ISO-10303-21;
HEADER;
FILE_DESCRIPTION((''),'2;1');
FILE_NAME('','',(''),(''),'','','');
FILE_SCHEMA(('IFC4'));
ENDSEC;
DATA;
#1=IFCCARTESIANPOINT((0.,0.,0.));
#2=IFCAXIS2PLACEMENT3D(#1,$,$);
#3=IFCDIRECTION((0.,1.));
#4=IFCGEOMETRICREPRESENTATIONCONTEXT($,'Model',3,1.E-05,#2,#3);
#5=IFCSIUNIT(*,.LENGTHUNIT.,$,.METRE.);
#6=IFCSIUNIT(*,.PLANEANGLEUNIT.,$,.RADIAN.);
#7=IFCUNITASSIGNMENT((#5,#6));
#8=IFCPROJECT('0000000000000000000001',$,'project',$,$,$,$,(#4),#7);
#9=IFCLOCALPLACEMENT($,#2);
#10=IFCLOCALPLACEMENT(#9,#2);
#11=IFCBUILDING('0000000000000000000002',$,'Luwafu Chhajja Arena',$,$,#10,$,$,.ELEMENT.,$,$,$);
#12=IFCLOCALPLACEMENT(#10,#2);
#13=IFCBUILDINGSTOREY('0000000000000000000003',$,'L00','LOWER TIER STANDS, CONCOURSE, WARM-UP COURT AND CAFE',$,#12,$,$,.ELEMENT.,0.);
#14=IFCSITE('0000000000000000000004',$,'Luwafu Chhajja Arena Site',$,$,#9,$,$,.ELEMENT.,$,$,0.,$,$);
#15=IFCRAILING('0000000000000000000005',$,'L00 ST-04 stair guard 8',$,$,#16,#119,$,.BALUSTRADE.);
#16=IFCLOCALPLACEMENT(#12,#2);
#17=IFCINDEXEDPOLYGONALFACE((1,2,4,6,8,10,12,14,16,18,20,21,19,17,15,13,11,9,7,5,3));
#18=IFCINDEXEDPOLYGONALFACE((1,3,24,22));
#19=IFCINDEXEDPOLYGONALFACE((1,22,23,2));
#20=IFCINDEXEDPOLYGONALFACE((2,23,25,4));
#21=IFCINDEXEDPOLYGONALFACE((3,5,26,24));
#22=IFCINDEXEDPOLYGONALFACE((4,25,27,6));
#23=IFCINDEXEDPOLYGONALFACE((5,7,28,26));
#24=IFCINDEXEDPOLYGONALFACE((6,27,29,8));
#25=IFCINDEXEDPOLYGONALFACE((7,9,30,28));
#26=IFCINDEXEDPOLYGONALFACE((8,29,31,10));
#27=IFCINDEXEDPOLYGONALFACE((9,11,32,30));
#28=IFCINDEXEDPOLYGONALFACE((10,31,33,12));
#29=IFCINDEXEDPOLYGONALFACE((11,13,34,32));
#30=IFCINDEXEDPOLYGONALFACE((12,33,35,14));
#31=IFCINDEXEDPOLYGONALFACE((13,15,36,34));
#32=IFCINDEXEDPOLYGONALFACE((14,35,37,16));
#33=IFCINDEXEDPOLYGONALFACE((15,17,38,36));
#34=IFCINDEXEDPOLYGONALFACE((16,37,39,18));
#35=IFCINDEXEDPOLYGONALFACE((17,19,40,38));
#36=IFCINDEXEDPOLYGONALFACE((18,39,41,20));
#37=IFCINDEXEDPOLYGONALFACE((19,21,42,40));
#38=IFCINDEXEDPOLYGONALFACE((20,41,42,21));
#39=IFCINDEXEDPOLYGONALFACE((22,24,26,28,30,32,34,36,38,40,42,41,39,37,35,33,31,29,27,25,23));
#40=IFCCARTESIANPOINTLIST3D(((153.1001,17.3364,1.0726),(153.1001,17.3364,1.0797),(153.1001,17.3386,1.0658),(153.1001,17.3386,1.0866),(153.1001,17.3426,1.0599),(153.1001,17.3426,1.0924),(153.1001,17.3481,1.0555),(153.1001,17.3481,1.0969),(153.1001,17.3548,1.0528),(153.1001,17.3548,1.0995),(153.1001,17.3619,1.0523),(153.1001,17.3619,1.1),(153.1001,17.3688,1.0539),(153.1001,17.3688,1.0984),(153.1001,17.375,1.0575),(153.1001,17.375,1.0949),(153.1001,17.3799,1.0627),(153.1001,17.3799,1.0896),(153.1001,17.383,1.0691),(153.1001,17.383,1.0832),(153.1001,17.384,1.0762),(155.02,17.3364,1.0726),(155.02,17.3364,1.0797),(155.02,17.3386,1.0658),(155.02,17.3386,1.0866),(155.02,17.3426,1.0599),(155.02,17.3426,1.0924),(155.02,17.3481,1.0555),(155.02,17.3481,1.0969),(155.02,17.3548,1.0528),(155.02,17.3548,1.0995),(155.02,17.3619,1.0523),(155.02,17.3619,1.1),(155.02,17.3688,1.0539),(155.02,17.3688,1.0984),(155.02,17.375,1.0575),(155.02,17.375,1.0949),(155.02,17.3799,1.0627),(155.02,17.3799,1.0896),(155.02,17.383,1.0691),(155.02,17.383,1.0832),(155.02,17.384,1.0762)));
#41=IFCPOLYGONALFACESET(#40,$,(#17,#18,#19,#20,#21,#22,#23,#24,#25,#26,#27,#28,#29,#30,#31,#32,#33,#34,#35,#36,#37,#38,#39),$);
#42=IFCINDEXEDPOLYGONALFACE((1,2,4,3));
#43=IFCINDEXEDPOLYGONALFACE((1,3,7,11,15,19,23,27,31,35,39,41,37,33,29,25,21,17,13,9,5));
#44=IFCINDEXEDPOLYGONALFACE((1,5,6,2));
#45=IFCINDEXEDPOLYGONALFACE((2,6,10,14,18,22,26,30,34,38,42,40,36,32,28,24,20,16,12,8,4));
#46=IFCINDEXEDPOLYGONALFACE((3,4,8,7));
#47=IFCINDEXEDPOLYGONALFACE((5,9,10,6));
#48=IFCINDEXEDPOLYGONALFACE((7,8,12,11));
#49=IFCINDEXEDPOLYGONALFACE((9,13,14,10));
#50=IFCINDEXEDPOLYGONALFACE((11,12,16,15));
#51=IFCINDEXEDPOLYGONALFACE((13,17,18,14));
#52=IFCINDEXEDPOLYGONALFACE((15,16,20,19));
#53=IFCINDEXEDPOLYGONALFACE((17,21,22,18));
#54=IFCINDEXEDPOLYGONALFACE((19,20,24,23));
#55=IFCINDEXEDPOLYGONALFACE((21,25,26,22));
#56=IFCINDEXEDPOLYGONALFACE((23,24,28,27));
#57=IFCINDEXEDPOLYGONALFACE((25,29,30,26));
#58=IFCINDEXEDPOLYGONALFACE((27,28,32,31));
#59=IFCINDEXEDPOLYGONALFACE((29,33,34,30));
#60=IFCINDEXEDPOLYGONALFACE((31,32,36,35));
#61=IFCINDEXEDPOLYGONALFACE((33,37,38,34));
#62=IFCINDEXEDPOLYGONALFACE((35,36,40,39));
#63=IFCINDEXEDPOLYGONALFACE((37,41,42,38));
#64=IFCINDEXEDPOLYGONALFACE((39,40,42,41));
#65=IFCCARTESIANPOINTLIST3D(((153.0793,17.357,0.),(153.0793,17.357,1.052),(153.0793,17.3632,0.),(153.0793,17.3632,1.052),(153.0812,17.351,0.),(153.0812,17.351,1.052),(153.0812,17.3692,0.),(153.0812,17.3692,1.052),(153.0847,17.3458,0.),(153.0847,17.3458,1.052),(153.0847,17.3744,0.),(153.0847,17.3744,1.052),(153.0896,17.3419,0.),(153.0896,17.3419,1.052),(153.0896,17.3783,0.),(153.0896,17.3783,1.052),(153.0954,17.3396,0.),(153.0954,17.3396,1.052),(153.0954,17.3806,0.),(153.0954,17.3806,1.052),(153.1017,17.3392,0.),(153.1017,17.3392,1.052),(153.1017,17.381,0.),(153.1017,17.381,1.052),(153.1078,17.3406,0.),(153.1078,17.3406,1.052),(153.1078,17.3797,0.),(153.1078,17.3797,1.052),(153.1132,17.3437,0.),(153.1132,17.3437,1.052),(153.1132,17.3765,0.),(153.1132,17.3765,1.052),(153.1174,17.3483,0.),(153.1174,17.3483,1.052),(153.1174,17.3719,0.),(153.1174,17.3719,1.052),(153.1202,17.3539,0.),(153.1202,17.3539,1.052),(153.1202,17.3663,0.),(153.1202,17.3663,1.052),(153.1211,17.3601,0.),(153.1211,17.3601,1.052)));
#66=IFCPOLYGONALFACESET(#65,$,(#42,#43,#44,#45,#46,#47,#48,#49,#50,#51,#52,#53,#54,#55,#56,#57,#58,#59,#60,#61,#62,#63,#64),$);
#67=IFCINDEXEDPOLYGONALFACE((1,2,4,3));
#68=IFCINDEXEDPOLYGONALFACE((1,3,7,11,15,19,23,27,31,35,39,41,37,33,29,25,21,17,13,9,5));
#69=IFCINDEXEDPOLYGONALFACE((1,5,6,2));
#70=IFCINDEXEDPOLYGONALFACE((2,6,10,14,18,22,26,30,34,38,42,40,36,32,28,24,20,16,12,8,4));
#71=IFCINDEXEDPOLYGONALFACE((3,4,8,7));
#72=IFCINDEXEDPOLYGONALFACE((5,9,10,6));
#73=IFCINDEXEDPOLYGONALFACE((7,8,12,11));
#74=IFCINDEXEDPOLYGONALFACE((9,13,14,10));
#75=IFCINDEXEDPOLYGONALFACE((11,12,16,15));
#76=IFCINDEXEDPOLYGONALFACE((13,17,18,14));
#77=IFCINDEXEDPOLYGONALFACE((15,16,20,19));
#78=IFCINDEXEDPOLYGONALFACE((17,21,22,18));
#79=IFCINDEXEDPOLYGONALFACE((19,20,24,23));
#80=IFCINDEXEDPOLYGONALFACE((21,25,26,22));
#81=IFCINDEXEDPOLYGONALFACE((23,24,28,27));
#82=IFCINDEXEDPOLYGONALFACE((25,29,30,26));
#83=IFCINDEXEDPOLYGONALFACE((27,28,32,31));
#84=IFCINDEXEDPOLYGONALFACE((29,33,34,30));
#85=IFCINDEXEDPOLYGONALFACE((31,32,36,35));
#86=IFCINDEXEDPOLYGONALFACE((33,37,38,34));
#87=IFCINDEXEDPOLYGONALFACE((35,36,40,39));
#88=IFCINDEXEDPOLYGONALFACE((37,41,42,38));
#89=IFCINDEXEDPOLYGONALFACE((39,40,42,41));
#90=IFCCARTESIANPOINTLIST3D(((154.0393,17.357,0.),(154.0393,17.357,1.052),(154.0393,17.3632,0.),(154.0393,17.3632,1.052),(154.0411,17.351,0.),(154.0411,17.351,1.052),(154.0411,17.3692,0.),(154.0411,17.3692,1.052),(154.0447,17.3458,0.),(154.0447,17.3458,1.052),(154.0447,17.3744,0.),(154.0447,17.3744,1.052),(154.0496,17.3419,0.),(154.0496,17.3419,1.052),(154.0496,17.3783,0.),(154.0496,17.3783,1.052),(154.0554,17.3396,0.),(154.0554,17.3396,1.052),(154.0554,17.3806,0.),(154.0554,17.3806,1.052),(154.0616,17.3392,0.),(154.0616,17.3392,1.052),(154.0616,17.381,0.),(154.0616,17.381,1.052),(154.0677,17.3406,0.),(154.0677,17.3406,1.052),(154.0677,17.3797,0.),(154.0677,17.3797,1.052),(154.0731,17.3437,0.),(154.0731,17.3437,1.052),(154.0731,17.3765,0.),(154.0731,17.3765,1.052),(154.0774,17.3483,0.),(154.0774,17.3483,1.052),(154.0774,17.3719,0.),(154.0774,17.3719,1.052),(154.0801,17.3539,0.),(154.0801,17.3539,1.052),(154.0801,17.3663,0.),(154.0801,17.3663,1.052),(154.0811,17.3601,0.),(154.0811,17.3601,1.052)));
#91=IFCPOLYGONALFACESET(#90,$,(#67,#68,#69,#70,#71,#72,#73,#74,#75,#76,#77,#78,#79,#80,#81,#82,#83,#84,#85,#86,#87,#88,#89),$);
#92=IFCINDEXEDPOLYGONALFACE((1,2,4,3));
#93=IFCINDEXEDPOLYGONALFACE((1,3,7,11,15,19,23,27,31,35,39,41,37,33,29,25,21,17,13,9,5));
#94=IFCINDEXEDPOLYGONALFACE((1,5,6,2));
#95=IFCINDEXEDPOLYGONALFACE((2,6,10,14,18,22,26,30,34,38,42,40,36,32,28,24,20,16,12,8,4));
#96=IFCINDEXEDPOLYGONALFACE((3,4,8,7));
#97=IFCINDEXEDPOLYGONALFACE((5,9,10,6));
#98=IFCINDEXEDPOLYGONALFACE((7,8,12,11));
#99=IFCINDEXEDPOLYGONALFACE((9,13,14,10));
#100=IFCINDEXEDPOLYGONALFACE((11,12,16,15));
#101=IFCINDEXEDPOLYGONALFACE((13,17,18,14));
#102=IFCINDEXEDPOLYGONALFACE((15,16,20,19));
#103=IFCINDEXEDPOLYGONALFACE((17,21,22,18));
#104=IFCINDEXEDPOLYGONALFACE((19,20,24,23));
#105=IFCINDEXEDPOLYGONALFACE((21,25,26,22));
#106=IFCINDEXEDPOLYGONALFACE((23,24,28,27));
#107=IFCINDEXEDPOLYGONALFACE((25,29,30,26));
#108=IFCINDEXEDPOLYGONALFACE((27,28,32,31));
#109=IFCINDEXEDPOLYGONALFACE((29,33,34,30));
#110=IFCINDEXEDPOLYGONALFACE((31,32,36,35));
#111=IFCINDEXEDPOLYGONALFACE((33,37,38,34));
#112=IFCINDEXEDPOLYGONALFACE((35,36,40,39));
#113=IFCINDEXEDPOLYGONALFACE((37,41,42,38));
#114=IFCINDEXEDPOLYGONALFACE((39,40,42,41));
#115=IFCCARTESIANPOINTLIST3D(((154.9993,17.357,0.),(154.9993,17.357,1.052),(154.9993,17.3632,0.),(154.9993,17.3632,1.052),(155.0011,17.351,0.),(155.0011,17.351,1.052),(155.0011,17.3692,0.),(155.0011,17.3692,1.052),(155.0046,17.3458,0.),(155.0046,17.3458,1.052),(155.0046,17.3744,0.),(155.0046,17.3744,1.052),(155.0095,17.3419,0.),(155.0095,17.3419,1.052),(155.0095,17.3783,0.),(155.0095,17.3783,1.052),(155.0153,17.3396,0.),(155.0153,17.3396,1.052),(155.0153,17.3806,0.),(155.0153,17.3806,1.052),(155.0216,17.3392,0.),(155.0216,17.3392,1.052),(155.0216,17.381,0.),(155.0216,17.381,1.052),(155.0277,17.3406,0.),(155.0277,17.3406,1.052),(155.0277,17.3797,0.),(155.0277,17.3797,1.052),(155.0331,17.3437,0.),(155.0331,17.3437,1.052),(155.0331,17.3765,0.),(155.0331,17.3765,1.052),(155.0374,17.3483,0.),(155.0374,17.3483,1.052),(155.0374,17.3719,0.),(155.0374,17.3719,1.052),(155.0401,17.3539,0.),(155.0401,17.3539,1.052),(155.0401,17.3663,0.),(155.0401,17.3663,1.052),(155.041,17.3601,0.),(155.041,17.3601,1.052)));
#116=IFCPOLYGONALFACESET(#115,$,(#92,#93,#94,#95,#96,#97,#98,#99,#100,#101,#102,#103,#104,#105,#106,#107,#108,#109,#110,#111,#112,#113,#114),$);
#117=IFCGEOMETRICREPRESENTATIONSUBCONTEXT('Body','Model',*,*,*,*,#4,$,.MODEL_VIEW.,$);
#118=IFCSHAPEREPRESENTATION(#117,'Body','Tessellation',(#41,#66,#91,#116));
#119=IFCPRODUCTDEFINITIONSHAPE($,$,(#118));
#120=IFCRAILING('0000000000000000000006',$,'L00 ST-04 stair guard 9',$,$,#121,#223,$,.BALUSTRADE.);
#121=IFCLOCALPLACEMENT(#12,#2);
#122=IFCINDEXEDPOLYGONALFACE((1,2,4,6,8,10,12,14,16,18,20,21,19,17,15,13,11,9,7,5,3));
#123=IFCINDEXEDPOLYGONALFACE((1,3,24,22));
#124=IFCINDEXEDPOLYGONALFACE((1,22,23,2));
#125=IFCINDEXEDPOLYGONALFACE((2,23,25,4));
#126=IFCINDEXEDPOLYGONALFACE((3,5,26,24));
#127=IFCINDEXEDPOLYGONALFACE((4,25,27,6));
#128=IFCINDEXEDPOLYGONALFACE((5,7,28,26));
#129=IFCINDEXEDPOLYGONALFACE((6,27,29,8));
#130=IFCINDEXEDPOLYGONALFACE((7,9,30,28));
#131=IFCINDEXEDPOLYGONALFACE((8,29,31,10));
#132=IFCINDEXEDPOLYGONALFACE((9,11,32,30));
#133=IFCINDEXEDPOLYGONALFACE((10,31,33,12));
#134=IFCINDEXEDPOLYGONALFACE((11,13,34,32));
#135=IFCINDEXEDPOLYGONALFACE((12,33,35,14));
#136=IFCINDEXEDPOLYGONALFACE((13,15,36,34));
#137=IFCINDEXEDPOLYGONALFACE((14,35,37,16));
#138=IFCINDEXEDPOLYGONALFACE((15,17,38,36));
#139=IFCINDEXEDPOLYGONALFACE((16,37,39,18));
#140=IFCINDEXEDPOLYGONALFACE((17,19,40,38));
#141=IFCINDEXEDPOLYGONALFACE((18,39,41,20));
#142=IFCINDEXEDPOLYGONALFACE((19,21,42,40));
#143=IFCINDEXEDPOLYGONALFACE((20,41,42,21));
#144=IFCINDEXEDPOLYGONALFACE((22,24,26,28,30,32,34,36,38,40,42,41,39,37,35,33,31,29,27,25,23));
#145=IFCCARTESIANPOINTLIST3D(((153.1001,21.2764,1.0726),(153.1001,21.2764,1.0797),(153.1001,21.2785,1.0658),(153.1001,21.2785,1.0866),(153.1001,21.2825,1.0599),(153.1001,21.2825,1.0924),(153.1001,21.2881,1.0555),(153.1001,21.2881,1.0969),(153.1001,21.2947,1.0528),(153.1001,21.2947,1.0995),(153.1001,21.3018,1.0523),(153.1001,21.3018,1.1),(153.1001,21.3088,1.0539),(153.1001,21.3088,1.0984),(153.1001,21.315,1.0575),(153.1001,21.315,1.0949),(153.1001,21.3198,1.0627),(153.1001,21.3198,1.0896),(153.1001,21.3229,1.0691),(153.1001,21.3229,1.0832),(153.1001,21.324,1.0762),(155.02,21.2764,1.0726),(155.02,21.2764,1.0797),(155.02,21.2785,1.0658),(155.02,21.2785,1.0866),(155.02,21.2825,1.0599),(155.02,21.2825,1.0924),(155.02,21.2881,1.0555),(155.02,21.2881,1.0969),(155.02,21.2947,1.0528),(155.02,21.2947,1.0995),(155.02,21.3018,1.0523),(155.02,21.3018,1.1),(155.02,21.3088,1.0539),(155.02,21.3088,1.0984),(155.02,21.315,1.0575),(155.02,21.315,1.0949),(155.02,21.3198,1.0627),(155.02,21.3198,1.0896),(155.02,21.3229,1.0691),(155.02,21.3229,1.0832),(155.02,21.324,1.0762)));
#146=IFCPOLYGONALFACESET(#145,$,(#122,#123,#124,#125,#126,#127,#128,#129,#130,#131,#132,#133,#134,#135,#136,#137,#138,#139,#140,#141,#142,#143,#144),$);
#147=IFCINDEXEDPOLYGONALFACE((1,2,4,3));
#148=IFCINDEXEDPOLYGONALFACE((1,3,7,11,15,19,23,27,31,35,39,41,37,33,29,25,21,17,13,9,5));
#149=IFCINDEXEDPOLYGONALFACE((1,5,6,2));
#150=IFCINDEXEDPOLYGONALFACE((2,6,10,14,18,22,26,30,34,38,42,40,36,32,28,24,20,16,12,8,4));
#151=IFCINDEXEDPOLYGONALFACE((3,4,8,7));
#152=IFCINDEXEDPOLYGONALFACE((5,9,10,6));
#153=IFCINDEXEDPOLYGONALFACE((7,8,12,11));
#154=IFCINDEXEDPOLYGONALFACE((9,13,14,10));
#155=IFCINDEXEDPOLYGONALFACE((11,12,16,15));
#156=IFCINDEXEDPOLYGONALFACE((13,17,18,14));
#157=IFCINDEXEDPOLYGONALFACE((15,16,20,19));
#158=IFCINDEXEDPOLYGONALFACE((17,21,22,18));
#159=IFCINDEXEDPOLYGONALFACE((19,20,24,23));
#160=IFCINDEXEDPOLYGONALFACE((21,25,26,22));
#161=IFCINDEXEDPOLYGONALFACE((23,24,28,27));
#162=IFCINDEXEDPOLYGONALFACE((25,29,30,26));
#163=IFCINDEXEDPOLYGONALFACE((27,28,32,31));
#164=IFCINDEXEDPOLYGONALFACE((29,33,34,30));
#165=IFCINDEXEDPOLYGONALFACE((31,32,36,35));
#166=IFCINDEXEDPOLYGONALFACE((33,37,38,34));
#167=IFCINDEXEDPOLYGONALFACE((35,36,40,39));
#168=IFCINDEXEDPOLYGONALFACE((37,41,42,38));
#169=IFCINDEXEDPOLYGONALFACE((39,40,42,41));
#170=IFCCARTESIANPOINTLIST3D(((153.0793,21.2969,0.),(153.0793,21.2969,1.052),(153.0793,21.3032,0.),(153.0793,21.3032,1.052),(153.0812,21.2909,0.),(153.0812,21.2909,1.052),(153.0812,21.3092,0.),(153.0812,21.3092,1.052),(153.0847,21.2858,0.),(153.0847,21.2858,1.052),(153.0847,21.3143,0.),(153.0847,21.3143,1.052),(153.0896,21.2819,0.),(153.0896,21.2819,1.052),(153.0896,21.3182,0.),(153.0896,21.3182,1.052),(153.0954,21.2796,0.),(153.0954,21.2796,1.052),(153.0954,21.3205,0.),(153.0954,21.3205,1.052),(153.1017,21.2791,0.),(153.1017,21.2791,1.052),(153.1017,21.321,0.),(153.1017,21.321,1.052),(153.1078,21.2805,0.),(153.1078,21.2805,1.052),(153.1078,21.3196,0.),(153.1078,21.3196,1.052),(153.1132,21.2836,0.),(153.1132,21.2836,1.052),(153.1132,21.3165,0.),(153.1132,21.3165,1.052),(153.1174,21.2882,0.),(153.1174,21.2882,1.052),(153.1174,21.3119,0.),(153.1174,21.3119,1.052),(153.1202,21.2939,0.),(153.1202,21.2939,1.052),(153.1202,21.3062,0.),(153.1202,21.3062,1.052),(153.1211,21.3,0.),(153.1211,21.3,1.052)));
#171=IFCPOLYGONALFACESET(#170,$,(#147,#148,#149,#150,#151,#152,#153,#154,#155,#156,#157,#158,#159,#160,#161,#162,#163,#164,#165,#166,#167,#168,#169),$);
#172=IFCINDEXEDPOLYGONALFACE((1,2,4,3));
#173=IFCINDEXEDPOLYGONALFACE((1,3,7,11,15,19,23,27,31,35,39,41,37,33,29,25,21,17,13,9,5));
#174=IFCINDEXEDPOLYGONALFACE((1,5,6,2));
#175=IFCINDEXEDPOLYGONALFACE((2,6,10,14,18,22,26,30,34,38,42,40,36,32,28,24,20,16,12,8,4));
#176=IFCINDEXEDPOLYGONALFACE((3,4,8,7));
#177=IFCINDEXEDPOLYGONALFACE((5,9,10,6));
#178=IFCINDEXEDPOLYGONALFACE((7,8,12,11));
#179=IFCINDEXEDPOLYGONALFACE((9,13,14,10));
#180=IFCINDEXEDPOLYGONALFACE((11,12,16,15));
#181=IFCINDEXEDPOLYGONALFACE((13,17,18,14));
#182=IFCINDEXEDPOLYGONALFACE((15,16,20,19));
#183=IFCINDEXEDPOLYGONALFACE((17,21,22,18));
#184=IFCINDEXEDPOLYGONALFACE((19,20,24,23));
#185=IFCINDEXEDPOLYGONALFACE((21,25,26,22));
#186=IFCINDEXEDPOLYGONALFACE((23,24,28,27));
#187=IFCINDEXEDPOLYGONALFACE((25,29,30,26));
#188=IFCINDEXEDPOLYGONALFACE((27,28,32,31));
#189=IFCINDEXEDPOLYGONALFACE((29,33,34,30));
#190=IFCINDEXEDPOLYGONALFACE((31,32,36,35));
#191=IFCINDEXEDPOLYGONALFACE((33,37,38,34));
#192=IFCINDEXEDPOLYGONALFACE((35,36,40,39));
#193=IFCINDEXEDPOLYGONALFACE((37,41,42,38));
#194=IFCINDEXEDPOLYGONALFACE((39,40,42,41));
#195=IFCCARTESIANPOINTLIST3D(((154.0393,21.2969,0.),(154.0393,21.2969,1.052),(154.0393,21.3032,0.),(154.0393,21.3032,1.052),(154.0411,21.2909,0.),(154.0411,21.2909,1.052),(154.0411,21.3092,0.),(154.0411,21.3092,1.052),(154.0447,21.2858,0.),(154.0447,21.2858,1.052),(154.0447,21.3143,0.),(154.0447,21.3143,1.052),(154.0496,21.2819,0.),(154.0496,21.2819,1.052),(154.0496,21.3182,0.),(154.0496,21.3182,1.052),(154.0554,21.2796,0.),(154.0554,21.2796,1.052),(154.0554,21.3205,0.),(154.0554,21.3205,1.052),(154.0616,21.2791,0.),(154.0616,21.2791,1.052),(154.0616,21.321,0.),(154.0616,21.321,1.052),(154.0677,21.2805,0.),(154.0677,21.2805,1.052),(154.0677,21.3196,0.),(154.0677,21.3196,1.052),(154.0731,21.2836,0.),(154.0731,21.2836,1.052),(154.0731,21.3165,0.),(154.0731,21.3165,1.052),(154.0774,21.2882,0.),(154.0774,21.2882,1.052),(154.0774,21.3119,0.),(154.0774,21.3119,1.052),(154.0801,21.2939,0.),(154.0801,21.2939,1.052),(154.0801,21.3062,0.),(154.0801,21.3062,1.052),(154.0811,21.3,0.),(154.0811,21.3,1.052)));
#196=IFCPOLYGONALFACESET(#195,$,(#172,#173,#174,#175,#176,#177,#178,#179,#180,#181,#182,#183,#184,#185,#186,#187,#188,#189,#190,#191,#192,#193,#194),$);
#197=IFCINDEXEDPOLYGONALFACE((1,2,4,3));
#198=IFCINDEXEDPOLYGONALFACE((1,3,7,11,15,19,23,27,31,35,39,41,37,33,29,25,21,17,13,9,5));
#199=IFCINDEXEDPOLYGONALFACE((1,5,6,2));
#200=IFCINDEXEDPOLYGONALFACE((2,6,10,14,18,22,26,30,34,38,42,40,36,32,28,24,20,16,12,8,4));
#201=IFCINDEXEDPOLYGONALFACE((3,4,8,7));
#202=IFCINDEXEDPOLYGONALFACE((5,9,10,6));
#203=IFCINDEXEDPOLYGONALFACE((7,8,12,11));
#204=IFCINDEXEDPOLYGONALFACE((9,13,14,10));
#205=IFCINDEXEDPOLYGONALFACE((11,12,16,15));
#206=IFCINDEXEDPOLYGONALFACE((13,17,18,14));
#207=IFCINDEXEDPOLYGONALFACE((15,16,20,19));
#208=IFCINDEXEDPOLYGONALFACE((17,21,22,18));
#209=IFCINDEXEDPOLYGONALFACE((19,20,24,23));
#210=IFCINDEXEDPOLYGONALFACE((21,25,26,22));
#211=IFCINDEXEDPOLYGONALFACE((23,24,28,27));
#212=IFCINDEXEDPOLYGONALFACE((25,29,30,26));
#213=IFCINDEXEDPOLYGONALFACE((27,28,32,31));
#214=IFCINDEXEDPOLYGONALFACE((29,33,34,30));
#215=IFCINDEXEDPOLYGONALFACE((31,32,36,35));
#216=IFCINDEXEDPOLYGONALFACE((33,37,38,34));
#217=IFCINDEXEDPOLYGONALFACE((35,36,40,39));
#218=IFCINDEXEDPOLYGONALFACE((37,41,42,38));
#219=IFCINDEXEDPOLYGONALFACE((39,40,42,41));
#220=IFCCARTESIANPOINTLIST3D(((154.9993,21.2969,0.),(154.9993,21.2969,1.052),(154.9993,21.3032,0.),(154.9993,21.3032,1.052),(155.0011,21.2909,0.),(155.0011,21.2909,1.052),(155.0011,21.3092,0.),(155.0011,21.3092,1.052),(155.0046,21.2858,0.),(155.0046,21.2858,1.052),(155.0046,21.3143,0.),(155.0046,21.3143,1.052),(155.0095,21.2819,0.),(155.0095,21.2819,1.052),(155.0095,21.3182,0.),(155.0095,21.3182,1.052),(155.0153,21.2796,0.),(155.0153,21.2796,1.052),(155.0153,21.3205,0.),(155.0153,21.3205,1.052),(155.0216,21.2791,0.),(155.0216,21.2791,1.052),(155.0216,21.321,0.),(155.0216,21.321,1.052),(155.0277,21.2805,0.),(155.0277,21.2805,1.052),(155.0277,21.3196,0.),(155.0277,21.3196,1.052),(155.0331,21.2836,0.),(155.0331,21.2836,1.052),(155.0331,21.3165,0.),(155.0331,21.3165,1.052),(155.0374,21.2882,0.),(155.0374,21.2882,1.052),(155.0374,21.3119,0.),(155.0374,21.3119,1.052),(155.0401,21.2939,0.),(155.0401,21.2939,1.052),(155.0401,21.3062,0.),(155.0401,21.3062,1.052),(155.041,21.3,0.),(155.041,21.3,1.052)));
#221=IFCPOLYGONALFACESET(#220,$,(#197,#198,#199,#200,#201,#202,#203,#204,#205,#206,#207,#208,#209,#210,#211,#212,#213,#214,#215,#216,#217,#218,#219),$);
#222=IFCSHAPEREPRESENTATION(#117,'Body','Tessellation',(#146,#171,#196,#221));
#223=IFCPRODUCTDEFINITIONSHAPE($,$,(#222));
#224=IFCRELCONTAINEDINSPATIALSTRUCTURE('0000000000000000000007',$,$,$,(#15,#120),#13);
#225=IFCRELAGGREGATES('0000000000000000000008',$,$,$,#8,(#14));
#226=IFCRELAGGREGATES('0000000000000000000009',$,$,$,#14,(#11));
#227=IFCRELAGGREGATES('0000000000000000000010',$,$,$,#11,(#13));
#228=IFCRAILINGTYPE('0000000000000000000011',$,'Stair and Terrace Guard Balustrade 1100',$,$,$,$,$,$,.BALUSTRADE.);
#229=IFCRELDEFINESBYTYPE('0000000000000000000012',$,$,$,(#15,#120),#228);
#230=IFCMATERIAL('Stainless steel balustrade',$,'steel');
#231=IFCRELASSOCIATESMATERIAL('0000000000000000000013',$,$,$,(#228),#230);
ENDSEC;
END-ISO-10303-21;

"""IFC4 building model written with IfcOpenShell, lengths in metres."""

from ifc_helpers import new_model, si_unit, direction, frame, origin, origin_2d, place, context, subcontext, project, spatial, circle, extrude, material, type_object, element, save


model = new_model("IFC4")

# Units and contexts
model_context = context("Model", 3, precision=1e-05, world=origin(), true_north=direction((0.0, 1.0)))
body_context = subcontext(model_context, "Body", "Model", "MODEL_VIEW")
ifc_project = project(units=[si_unit("LENGTHUNIT", "METRE"), si_unit("PLANEANGLEUNIT", "RADIAN")], contexts=[model_context])

# Site, building, storey
site_placement = place(None, origin())
site = spatial("IfcSite", under=ifc_project, at=site_placement, Name="Luwafu Chhajja Arena Site", CompositionType="ELEMENT", RefElevation=0.0)
building_placement = place(site_placement, origin())
building = spatial("IfcBuilding", under=site, at=building_placement, Name="Luwafu Chhajja Arena", CompositionType="ELEMENT")
storey_placement = place(building_placement, origin())
storey = spatial("IfcBuildingStorey", under=building, at=storey_placement, Name="L00", Description="LOWER TIER STANDS, CONCOURSE, WARM-UP COURT AND CAFE", CompositionType="ELEMENT", Elevation=0.0)

# Railings
ifc_material_1 = material(Name="Stainless steel balustrade", Category="steel")
railing_type = type_object("IfcRailingType", Name="Stair and Terrace Guard Balustrade 1100", PredefinedType="BALUSTRADE", material=ifc_material_1)
for number, where, name in (
    (1, (153.1001, 17.3601, 0.0), "L00 ST-04 stair guard 8"),
    (2, (153.1001, 21.3, 0.0), "L00 ST-04 stair guard 9"),
):
    element("IfcRailing", number, at=place(storey_placement, frame(where)), inside=storey, type_object=railing_type, Name=name, PredefinedType="BALUSTRADE", context=body_context, shape_type="SweptSolid", body=[
        extrude(circle(Radius=0.0239, at=origin_2d()), frame((0.0, 0.0, 1.0762), z_axis=(1.0, 0.0, 0.0), x_axis=(0.0, 1.0, 0.0)), (0.0, 0.0, 1.0), 1.9199),
        extrude(circle(Radius=0.021, at=origin_2d()), origin(), (0.0, 0.0, 1.0), 1.052),
        extrude(circle(Radius=0.021, at=origin_2d()), frame((0.96, 0.0, 0.0)), (0.0, 0.0, 1.0), 1.052),
        extrude(circle(Radius=0.021, at=origin_2d()), frame((1.9199, 0.0, 0.0)), (0.0, 0.0, 1.0), 1.052),
    ])

save(model, "model.ifc")
